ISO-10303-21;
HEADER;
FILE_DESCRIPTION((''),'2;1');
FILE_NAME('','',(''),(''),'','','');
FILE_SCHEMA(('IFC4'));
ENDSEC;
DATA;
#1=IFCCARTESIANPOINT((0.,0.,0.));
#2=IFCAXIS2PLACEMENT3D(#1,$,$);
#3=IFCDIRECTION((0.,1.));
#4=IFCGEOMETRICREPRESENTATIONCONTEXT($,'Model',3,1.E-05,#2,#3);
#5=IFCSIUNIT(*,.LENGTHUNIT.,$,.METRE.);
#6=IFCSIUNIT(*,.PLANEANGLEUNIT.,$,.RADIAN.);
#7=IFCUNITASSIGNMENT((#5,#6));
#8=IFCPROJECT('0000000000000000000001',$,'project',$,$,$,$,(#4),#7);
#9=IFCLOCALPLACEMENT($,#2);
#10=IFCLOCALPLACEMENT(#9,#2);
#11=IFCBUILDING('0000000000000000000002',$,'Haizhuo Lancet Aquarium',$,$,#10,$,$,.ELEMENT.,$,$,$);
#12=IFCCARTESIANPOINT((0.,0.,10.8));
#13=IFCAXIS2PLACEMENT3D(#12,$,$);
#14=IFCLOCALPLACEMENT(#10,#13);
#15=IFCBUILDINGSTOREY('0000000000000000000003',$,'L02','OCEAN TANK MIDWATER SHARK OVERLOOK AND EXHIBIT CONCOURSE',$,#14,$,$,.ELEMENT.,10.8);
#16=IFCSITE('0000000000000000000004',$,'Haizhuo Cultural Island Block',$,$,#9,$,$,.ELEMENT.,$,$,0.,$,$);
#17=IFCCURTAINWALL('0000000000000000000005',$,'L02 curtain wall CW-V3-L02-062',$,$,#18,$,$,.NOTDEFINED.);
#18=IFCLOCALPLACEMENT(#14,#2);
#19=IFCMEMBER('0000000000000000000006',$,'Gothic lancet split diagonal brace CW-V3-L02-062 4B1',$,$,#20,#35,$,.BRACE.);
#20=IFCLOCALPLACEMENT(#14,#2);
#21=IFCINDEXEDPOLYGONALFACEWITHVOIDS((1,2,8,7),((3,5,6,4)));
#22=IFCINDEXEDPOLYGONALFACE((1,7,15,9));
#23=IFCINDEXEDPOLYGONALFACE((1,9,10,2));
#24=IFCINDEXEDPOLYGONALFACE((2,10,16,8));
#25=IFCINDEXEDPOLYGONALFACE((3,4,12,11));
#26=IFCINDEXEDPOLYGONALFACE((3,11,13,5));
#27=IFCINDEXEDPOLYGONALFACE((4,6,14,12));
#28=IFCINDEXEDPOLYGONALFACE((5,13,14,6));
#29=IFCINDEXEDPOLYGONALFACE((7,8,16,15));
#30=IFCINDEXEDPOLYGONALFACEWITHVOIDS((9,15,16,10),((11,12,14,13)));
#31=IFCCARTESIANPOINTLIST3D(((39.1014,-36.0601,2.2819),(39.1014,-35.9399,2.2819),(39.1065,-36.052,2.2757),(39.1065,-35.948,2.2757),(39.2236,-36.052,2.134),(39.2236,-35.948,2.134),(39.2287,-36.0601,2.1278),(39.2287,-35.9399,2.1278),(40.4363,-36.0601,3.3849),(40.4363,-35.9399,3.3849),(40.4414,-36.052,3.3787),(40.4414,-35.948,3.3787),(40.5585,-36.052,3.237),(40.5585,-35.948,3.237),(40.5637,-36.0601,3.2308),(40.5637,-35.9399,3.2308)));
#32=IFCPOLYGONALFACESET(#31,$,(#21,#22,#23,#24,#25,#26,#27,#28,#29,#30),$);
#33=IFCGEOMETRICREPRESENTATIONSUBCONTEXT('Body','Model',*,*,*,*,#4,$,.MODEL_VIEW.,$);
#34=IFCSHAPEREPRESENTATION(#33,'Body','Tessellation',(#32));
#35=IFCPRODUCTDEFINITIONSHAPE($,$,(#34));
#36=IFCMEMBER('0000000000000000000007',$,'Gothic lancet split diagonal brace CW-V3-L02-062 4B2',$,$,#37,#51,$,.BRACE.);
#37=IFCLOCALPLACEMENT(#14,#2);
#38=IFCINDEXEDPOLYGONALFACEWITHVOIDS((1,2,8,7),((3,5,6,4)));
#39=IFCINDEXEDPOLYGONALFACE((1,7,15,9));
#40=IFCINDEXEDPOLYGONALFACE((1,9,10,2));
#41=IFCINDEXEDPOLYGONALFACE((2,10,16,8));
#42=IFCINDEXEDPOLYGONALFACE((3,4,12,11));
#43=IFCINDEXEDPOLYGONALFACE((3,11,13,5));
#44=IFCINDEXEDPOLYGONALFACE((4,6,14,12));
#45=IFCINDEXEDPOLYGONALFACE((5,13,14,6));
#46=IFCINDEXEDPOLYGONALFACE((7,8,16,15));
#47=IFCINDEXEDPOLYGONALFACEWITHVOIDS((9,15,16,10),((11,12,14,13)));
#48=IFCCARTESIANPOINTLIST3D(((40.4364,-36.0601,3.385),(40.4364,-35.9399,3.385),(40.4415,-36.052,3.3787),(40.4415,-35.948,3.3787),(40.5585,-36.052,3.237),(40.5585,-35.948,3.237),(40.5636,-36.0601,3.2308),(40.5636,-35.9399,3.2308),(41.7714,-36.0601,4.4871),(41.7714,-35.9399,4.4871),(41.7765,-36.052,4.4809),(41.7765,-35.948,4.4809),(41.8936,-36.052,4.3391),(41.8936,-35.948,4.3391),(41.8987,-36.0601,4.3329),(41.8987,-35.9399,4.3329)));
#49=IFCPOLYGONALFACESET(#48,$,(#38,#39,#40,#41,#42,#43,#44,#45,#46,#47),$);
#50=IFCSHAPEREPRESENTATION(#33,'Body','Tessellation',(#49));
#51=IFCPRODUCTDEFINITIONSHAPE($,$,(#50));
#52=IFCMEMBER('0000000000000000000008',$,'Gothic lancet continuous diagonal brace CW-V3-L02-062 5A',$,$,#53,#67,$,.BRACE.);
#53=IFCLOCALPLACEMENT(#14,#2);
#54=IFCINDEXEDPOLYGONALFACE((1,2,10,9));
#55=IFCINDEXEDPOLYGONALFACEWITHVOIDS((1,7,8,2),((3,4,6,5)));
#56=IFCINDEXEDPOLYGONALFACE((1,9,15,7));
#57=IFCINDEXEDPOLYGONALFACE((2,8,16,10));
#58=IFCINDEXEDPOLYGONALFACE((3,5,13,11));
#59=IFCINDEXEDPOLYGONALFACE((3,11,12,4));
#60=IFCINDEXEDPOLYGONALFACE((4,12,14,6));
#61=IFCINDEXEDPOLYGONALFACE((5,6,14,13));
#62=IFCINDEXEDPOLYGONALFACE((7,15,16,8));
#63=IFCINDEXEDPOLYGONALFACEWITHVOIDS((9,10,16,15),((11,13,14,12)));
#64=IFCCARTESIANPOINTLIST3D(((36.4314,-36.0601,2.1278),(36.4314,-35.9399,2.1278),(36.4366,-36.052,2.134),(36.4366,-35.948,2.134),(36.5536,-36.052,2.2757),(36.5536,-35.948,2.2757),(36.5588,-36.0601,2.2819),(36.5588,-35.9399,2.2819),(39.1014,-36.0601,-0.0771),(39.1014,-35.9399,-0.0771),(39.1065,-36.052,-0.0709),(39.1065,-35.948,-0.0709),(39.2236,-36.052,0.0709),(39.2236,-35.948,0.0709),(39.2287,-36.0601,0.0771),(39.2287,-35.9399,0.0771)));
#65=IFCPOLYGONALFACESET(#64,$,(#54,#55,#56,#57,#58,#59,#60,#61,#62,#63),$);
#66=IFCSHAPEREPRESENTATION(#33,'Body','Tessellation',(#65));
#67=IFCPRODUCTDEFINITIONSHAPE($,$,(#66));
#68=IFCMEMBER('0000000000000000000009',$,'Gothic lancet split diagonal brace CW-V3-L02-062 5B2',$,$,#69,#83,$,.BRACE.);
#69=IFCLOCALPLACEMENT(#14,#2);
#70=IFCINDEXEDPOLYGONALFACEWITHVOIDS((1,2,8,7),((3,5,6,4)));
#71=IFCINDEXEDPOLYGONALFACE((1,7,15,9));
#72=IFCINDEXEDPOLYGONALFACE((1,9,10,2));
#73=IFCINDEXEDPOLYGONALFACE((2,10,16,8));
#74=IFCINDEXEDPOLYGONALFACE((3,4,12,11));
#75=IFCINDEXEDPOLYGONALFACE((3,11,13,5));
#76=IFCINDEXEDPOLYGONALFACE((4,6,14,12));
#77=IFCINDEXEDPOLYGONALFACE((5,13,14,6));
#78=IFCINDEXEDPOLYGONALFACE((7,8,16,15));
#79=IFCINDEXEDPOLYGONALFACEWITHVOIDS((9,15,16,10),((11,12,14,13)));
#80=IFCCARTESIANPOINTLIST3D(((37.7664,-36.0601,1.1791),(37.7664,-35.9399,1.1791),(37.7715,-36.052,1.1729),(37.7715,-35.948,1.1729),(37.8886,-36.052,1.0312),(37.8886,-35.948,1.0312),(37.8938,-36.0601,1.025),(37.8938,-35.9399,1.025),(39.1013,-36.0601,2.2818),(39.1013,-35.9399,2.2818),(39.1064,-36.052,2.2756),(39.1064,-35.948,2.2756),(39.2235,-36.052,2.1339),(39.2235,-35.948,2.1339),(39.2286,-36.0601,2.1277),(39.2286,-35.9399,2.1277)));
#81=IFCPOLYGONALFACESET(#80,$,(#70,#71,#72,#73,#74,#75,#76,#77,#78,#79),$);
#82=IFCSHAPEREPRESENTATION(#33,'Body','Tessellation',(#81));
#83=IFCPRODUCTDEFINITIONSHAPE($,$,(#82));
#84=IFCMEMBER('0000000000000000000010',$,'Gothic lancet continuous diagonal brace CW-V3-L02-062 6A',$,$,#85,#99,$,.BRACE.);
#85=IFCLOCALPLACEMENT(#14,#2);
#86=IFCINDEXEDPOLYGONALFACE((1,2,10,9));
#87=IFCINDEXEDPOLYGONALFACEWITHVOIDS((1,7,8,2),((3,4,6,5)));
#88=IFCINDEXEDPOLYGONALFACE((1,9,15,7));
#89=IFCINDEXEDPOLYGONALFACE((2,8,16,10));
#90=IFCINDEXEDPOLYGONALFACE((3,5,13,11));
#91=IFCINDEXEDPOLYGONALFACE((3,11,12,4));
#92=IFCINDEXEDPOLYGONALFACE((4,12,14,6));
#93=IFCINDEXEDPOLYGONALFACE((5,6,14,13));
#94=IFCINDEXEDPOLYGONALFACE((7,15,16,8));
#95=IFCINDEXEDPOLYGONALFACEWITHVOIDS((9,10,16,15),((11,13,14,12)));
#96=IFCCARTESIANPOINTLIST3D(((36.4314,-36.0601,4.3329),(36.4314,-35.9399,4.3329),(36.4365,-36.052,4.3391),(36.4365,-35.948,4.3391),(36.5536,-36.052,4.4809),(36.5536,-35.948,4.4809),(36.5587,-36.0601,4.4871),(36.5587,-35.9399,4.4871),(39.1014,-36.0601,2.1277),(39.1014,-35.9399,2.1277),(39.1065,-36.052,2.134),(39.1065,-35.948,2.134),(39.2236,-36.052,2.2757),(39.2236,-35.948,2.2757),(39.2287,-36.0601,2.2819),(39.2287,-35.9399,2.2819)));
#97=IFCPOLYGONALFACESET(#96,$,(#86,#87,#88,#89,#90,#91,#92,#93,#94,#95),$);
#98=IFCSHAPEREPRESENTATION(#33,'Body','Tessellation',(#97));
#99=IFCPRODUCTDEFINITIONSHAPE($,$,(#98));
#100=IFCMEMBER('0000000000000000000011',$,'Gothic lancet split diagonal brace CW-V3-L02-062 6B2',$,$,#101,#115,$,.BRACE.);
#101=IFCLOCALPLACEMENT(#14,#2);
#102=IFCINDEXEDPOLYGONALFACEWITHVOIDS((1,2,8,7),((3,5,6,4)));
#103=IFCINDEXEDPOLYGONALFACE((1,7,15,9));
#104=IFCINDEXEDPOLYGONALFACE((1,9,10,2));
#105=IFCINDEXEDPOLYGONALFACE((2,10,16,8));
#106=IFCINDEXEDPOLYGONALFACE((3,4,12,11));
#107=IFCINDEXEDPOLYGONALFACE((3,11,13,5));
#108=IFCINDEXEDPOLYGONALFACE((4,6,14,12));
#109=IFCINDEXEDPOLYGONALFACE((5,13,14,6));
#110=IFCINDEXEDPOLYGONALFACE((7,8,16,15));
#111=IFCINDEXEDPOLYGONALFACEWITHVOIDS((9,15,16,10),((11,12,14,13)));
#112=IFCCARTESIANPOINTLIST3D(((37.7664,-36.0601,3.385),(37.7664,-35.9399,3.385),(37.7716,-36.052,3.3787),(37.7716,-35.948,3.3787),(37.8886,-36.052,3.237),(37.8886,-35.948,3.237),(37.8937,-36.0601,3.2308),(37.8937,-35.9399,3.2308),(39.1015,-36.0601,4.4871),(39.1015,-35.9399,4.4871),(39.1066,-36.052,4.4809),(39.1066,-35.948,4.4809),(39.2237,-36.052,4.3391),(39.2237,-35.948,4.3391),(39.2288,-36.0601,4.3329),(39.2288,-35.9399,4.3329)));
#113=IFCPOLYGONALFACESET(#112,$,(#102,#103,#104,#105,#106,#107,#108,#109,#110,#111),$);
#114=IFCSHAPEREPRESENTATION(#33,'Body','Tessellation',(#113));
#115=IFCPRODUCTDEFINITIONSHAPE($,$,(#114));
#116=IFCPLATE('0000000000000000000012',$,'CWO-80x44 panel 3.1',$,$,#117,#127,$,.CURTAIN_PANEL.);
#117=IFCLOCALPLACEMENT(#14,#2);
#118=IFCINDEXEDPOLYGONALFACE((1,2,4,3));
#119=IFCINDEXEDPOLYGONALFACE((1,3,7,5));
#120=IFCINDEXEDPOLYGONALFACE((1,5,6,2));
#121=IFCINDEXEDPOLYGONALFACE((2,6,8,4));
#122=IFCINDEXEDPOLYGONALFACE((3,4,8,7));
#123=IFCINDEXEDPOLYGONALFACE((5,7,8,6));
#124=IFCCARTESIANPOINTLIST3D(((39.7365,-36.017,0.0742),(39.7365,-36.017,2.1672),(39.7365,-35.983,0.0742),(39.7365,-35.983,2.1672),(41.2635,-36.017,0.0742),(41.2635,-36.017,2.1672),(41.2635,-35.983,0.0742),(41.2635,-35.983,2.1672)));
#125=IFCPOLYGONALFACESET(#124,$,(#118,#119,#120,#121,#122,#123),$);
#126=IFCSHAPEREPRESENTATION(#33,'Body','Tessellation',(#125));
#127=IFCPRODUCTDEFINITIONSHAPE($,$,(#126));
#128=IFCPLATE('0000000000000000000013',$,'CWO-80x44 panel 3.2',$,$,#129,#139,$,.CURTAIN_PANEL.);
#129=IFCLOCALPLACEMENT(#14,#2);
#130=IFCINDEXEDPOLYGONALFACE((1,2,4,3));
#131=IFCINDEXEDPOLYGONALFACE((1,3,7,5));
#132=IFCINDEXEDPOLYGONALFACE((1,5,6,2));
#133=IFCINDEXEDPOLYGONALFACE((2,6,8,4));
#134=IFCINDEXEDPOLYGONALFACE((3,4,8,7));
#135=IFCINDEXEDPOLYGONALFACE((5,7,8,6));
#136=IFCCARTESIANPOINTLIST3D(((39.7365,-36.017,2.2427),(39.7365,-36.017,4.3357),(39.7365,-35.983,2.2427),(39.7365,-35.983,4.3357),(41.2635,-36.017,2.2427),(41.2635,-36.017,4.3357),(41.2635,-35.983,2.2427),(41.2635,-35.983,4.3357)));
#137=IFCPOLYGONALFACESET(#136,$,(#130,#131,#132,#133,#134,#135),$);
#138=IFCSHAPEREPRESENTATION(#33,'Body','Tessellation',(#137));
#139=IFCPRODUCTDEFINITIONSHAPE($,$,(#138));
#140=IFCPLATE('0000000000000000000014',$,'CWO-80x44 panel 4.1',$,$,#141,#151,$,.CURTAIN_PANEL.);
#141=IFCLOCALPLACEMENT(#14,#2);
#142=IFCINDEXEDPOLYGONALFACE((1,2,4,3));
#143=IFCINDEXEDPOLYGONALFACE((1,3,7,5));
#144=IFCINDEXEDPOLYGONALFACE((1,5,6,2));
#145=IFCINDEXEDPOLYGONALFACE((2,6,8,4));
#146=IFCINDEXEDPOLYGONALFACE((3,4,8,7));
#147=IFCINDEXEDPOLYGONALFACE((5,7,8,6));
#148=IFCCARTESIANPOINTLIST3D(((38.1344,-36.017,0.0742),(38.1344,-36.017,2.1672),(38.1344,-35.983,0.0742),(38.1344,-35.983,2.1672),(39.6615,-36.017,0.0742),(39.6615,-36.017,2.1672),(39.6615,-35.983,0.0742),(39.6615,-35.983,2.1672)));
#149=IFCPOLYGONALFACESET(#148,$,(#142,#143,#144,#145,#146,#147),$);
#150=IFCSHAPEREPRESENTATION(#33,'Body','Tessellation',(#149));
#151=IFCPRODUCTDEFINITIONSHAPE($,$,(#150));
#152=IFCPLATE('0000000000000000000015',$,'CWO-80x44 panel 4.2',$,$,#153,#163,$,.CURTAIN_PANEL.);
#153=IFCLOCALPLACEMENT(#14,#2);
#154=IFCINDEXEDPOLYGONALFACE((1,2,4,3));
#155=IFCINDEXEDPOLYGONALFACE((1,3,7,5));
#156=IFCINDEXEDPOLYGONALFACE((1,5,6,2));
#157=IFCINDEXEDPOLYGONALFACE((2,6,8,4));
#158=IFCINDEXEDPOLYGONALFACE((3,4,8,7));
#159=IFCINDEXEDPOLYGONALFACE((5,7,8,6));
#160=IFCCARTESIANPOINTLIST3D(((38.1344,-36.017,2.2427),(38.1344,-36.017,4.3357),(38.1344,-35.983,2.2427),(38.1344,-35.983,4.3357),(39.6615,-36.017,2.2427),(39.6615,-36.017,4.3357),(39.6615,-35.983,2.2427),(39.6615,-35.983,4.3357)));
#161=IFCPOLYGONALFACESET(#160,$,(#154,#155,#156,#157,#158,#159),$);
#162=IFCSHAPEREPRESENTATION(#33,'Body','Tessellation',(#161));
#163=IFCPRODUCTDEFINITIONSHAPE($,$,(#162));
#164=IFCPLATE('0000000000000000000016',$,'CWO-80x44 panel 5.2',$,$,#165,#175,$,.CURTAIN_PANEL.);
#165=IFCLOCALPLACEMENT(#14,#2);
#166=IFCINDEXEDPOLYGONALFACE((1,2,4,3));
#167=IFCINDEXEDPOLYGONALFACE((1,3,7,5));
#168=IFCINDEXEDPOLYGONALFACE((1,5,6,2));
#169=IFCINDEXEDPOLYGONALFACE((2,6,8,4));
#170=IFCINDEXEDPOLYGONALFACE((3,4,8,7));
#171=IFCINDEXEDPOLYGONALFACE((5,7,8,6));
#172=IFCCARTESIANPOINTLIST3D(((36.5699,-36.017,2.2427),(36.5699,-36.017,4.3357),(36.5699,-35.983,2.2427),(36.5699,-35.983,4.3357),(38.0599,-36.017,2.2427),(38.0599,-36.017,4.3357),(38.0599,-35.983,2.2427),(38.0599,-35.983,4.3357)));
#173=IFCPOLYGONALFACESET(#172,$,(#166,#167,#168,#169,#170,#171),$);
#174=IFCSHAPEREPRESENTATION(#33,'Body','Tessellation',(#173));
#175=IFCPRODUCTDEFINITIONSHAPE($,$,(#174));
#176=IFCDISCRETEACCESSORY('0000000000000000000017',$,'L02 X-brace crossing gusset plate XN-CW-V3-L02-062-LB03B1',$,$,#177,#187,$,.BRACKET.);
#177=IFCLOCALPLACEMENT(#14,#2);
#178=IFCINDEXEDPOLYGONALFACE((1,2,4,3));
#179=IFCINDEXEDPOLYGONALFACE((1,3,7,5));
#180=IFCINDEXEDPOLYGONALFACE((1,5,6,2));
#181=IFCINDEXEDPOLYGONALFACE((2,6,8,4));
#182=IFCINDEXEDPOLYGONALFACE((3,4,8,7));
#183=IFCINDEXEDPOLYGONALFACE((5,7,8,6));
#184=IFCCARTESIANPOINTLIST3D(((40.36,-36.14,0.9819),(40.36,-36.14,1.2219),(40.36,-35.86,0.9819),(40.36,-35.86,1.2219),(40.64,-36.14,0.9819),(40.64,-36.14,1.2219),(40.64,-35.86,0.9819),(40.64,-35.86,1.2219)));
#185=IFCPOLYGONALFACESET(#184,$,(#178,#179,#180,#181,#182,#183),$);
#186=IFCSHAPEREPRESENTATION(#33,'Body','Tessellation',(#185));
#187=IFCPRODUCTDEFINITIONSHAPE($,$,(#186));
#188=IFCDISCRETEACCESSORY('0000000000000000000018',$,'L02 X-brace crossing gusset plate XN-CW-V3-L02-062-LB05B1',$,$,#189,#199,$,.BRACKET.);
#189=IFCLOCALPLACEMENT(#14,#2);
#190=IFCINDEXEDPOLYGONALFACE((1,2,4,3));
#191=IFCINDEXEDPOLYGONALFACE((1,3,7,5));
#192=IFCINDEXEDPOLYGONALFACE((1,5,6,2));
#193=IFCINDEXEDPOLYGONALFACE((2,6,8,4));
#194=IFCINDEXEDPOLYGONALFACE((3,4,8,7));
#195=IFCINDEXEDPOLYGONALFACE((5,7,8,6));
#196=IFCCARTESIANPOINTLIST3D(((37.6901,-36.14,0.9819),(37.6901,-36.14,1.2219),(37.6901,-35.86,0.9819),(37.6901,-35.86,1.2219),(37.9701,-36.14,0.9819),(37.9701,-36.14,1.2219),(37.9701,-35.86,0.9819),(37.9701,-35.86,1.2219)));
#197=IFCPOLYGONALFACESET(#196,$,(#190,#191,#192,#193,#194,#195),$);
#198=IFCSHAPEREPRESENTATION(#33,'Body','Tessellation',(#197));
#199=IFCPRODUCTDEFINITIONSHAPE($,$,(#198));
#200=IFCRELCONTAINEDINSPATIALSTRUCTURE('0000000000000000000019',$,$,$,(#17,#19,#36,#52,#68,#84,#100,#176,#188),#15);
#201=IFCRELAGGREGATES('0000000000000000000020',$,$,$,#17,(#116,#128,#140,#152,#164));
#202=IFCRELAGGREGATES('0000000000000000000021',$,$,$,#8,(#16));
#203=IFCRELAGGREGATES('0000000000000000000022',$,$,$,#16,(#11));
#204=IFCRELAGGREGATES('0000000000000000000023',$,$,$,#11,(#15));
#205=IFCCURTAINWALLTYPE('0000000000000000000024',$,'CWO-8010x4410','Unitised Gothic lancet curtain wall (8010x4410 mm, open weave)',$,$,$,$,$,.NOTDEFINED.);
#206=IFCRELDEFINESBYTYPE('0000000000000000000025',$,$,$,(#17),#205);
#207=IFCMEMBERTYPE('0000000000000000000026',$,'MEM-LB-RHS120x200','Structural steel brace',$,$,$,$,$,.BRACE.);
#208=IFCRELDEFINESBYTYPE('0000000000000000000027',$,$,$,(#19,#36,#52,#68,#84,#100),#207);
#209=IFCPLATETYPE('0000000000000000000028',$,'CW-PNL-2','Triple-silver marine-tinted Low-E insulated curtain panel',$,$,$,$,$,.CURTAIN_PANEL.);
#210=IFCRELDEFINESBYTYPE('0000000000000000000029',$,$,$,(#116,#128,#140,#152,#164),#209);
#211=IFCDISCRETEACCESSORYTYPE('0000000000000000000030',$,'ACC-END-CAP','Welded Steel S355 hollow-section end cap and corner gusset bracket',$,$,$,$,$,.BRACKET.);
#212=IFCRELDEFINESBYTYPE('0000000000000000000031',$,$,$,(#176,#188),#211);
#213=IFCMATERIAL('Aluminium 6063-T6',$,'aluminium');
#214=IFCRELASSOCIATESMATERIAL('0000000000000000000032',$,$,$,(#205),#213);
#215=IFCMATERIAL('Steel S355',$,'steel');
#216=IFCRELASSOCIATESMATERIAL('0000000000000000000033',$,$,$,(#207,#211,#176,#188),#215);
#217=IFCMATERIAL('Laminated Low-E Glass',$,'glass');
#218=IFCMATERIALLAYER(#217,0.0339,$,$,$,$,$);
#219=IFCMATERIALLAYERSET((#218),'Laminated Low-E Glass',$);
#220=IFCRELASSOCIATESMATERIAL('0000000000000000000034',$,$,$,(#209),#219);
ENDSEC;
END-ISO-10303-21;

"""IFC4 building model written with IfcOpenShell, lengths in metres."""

from ifc_helpers import new_model, si_unit, direction, frame, origin, origin_2d, place, context, subcontext, project, spatial, rectangle, hollow_rectangle, extrude, material, layer, layer_set, material_profile, profile_set, type_object, element, aggregate, save


model = new_model("IFC4")

# Units and contexts
model_context = context("Model", 3, precision=1e-05, world=origin(), true_north=direction((0.0, 1.0)))
body_context = subcontext(model_context, "Body", "Model", "MODEL_VIEW")
ifc_project = project(units=[si_unit("LENGTHUNIT", "METRE"), si_unit("PLANEANGLEUNIT", "RADIAN")], contexts=[model_context])

# Site, building, storey
site_placement = place(None, origin())
site = spatial("IfcSite", under=ifc_project, at=site_placement, Name="Haizhuo Cultural Island Block", CompositionType="ELEMENT", RefElevation=0.0)
building_placement = place(site_placement, origin())
building = spatial("IfcBuilding", under=site, at=building_placement, Name="Haizhuo Lancet Aquarium", CompositionType="ELEMENT")
storey_placement = place(building_placement, frame((0.0, 0.0, 10.8)))
storey = spatial("IfcBuildingStorey", under=building, at=storey_placement, Name="L02", Description="OCEAN TANK MIDWATER SHARK OVERLOOK AND EXHIBIT CONCOURSE", CompositionType="ELEMENT", Elevation=10.8)

# Curtain wall
ifc_material_1 = material(Name="Aluminium 6063-T6", Category="aluminium")
curtain_wall_type = type_object("IfcCurtainWallType", Name="CWO-8010x4410", Description="Unitised Gothic lancet curtain wall (8010x4410 mm, open weave)", PredefinedType="NOTDEFINED", material=ifc_material_1)
curtain_wall_placement = place(storey_placement, origin())
curtain_wall = element("IfcCurtainWall", 1, at=curtain_wall_placement, inside=storey, type_object=curtain_wall_type, Name="L02 curtain wall CW-V3-L02-062", PredefinedType="NOTDEFINED")

# Members
ifc_material_2 = material(Name="Steel S355", Category="steel")
ifc_material_profile_1 = material_profile(ifc_material_2, hollow_rectangle(XDim=0.1201, YDim=0.2, WallThickness=0.0081, at=origin_2d()), Name="RHS 120x200x8")
ifc_profile_set_1 = profile_set([ifc_material_profile_1], Name="Steel S355")
member_type_1 = type_object("IfcMemberType", Name="MEM-LB-RHS120x200", Description="Structural steel brace", PredefinedType="BRACE", material=ifc_profile_set_1)
member_1_placement = place(storey_placement, frame((39.165, -36.0, 2.2048), z_axis=(0.770896, 0.0, 0.636962), x_axis=(0.0, 1.0, 0.0)))
element("IfcMember", 2, at=member_1_placement, inside=storey, type_object=member_type_1, Name="Gothic lancet split diagonal brace CW-V3-L02-062 4B1", PredefinedType="BRACE", context=body_context, shape_type="SweptSolid", body=[
    extrude(hollow_rectangle(XDim=0.1201, YDim=0.2, WallThickness=0.0081, at=origin_2d()), origin(), (0.0, 0.0, 1.0), 1.7317),
])
member_2_placement = place(storey_placement, frame((40.5, -36.0, 3.3079), z_axis=(0.771172, 0.0, 0.636626), x_axis=(0.0, 1.0, 0.0)))
element("IfcMember", 3, at=member_2_placement, inside=storey, type_object=member_type_1, Name="Gothic lancet split diagonal brace CW-V3-L02-062 4B2", PredefinedType="BRACE", context=body_context, shape_type="SweptSolid", body=[
    extrude(hollow_rectangle(XDim=0.1201, YDim=0.2, WallThickness=0.0081, at=origin_2d()), origin(), (0.0, 0.0, 1.0), 1.7312),
])
member_3_placement = place(storey_placement, frame((39.165, -36.0, 0.0), z_axis=(-0.771069, 0.0, 0.636752), x_axis=(0.0, -1.0, 0.0)))
element("IfcMember", 4, at=member_3_placement, inside=storey, type_object=member_type_1, Name="Gothic lancet continuous diagonal brace CW-V3-L02-062 5A", PredefinedType="BRACE", context=body_context, shape_type="SweptSolid", body=[
    extrude(hollow_rectangle(XDim=0.1201, YDim=0.2, WallThickness=0.0081, at=origin_2d()), origin(), (0.0, 0.0, 1.0), 3.4626),
])
member_4_placement = place(storey_placement, frame((37.8301, -36.0, 1.1021), z_axis=(0.770965, 0.0, 0.636878), x_axis=(0.0, 1.0, 0.0)))
element("IfcMember", 5, at=member_4_placement, inside=storey, type_object=member_type_1, Name="Gothic lancet split diagonal brace CW-V3-L02-062 5B2", PredefinedType="BRACE", context=body_context, shape_type="SweptSolid", body=[
    extrude(hollow_rectangle(XDim=0.1201, YDim=0.2, WallThickness=0.0081, at=origin_2d()), origin(), (0.0, 0.0, 1.0), 1.7314),
])
member_5_placement = place(storey_placement, frame((39.165, -36.0, 2.2048), z_axis=(-0.771034, 0.0, 0.636794), x_axis=(0.0, -1.0, 0.0)))
element("IfcMember", 6, at=member_5_placement, inside=storey, type_object=member_type_1, Name="Gothic lancet continuous diagonal brace CW-V3-L02-062 6A", PredefinedType="BRACE", context=body_context, shape_type="SweptSolid", body=[
    extrude(hollow_rectangle(XDim=0.1201, YDim=0.2, WallThickness=0.0081, at=origin_2d()), origin(), (0.0, 0.0, 1.0), 3.4629),
])
member_6_placement = place(storey_placement, frame((37.8301, -36.0, 3.3079), z_axis=(0.771172, 0.0, 0.636626), x_axis=(0.0, 1.0, 0.0)))
element("IfcMember", 7, at=member_6_placement, inside=storey, type_object=member_type_1, Name="Gothic lancet split diagonal brace CW-V3-L02-062 6B2", PredefinedType="BRACE", context=body_context, shape_type="SweptSolid", body=[
    extrude(hollow_rectangle(XDim=0.1201, YDim=0.2, WallThickness=0.0081, at=origin_2d()), origin(), (0.0, 0.0, 1.0), 1.7312),
])

# Plates
ifc_material_3 = material(Name="Laminated Low-E Glass", Category="glass")
ifc_layer = layer(ifc_material_3, 0.0339)
ifc_layer_set = layer_set([ifc_layer], Name="Laminated Low-E Glass")
plate_type = type_object("IfcPlateType", Name="CW-PNL-2", Description="Triple-silver marine-tinted Low-E insulated curtain panel", PredefinedType="CURTAIN_PANEL", material=ifc_layer_set)
plate_1_placement = place(storey_placement, frame((40.5, -36.0, 0.0742), z_axis=(0.0, 0.0, 1.0), x_axis=(-1.0, 0.0, 0.0)))
plate_1 = element("IfcPlate", 8, at=plate_1_placement, type_object=plate_type, Name="CWO-80x44 panel 3.1", PredefinedType="CURTAIN_PANEL", context=body_context, shape_type="SweptSolid", body=[
    extrude(rectangle(XDim=1.5271, YDim=0.0339, at=origin_2d()), origin(), (0.0, 0.0, 1.0), 2.093),
])
plate_2_placement = place(storey_placement, frame((40.5, -36.0, 2.2427), z_axis=(0.0, 0.0, 1.0), x_axis=(-1.0, 0.0, 0.0)))
plate_2 = element("IfcPlate", 9, at=plate_2_placement, type_object=plate_type, Name="CWO-80x44 panel 3.2", PredefinedType="CURTAIN_PANEL", context=body_context, shape_type="SweptSolid", body=[
    extrude(rectangle(XDim=1.5271, YDim=0.0339, at=origin_2d()), origin(), (0.0, 0.0, 1.0), 2.093),
])
plate_3_placement = place(storey_placement, frame((38.8979, -36.0, 0.0742), z_axis=(0.0, 0.0, 1.0), x_axis=(-1.0, 0.0, 0.0)))
plate_3 = element("IfcPlate", 10, at=plate_3_placement, type_object=plate_type, Name="CWO-80x44 panel 4.1", PredefinedType="CURTAIN_PANEL", context=body_context, shape_type="SweptSolid", body=[
    extrude(rectangle(XDim=1.5271, YDim=0.0339, at=origin_2d()), origin(), (0.0, 0.0, 1.0), 2.093),
])
plate_4_placement = place(storey_placement, frame((38.8979, -36.0, 2.2427), z_axis=(0.0, 0.0, 1.0), x_axis=(-1.0, 0.0, 0.0)))
plate_4 = element("IfcPlate", 11, at=plate_4_placement, type_object=plate_type, Name="CWO-80x44 panel 4.2", PredefinedType="CURTAIN_PANEL", context=body_context, shape_type="SweptSolid", body=[
    extrude(rectangle(XDim=1.5271, YDim=0.0339, at=origin_2d()), origin(), (0.0, 0.0, 1.0), 2.093),
])
plate_5_placement = place(storey_placement, frame((37.3149, -36.0, 2.2427), z_axis=(0.0, 0.0, 1.0), x_axis=(-1.0, 0.0, 0.0)))
plate_5 = element("IfcPlate", 12, at=plate_5_placement, type_object=plate_type, Name="CWO-80x44 panel 5.2", PredefinedType="CURTAIN_PANEL", context=body_context, shape_type="SweptSolid", body=[
    extrude(rectangle(XDim=1.49, YDim=0.0339, at=origin_2d()), origin(), (0.0, 0.0, 1.0), 2.093),
])
aggregate(curtain_wall, [plate_1, plate_2, plate_3, plate_4, plate_5])

# Discrete accessories
discrete_accessory_type = type_object("IfcDiscreteAccessoryType", Name="ACC-END-CAP", Description="Welded Steel S355 hollow-section end cap and corner gusset bracket", PredefinedType="BRACKET", material=ifc_material_2)
for number, where, z_axis, x_axis, name in (
    (13, (40.5, -36.0, 0.9819), (0.0, 0.0, 1.0), (1.0, 0.0, 0.0), "L02 X-brace crossing gusset plate XN-CW-V3-L02-062-LB03B1"),
    (14, (37.8301, -36.0, 0.9819), (0.0, 0.0, 1.0), (1.0, 0.0, 0.0), "L02 X-brace crossing gusset plate XN-CW-V3-L02-062-LB05B1"),
):
    element("IfcDiscreteAccessory", number, at=place(storey_placement, frame(where, z_axis=z_axis, x_axis=x_axis)), inside=storey, type_object=discrete_accessory_type, material=ifc_material_2, Name=name, PredefinedType="BRACKET", context=body_context, shape_type="SweptSolid", body=[
        extrude(rectangle(XDim=0.28, YDim=0.28, at=origin_2d()), origin(), (0.0, 0.0, 1.0), 0.24),
    ])

save(model, "model.ifc")
